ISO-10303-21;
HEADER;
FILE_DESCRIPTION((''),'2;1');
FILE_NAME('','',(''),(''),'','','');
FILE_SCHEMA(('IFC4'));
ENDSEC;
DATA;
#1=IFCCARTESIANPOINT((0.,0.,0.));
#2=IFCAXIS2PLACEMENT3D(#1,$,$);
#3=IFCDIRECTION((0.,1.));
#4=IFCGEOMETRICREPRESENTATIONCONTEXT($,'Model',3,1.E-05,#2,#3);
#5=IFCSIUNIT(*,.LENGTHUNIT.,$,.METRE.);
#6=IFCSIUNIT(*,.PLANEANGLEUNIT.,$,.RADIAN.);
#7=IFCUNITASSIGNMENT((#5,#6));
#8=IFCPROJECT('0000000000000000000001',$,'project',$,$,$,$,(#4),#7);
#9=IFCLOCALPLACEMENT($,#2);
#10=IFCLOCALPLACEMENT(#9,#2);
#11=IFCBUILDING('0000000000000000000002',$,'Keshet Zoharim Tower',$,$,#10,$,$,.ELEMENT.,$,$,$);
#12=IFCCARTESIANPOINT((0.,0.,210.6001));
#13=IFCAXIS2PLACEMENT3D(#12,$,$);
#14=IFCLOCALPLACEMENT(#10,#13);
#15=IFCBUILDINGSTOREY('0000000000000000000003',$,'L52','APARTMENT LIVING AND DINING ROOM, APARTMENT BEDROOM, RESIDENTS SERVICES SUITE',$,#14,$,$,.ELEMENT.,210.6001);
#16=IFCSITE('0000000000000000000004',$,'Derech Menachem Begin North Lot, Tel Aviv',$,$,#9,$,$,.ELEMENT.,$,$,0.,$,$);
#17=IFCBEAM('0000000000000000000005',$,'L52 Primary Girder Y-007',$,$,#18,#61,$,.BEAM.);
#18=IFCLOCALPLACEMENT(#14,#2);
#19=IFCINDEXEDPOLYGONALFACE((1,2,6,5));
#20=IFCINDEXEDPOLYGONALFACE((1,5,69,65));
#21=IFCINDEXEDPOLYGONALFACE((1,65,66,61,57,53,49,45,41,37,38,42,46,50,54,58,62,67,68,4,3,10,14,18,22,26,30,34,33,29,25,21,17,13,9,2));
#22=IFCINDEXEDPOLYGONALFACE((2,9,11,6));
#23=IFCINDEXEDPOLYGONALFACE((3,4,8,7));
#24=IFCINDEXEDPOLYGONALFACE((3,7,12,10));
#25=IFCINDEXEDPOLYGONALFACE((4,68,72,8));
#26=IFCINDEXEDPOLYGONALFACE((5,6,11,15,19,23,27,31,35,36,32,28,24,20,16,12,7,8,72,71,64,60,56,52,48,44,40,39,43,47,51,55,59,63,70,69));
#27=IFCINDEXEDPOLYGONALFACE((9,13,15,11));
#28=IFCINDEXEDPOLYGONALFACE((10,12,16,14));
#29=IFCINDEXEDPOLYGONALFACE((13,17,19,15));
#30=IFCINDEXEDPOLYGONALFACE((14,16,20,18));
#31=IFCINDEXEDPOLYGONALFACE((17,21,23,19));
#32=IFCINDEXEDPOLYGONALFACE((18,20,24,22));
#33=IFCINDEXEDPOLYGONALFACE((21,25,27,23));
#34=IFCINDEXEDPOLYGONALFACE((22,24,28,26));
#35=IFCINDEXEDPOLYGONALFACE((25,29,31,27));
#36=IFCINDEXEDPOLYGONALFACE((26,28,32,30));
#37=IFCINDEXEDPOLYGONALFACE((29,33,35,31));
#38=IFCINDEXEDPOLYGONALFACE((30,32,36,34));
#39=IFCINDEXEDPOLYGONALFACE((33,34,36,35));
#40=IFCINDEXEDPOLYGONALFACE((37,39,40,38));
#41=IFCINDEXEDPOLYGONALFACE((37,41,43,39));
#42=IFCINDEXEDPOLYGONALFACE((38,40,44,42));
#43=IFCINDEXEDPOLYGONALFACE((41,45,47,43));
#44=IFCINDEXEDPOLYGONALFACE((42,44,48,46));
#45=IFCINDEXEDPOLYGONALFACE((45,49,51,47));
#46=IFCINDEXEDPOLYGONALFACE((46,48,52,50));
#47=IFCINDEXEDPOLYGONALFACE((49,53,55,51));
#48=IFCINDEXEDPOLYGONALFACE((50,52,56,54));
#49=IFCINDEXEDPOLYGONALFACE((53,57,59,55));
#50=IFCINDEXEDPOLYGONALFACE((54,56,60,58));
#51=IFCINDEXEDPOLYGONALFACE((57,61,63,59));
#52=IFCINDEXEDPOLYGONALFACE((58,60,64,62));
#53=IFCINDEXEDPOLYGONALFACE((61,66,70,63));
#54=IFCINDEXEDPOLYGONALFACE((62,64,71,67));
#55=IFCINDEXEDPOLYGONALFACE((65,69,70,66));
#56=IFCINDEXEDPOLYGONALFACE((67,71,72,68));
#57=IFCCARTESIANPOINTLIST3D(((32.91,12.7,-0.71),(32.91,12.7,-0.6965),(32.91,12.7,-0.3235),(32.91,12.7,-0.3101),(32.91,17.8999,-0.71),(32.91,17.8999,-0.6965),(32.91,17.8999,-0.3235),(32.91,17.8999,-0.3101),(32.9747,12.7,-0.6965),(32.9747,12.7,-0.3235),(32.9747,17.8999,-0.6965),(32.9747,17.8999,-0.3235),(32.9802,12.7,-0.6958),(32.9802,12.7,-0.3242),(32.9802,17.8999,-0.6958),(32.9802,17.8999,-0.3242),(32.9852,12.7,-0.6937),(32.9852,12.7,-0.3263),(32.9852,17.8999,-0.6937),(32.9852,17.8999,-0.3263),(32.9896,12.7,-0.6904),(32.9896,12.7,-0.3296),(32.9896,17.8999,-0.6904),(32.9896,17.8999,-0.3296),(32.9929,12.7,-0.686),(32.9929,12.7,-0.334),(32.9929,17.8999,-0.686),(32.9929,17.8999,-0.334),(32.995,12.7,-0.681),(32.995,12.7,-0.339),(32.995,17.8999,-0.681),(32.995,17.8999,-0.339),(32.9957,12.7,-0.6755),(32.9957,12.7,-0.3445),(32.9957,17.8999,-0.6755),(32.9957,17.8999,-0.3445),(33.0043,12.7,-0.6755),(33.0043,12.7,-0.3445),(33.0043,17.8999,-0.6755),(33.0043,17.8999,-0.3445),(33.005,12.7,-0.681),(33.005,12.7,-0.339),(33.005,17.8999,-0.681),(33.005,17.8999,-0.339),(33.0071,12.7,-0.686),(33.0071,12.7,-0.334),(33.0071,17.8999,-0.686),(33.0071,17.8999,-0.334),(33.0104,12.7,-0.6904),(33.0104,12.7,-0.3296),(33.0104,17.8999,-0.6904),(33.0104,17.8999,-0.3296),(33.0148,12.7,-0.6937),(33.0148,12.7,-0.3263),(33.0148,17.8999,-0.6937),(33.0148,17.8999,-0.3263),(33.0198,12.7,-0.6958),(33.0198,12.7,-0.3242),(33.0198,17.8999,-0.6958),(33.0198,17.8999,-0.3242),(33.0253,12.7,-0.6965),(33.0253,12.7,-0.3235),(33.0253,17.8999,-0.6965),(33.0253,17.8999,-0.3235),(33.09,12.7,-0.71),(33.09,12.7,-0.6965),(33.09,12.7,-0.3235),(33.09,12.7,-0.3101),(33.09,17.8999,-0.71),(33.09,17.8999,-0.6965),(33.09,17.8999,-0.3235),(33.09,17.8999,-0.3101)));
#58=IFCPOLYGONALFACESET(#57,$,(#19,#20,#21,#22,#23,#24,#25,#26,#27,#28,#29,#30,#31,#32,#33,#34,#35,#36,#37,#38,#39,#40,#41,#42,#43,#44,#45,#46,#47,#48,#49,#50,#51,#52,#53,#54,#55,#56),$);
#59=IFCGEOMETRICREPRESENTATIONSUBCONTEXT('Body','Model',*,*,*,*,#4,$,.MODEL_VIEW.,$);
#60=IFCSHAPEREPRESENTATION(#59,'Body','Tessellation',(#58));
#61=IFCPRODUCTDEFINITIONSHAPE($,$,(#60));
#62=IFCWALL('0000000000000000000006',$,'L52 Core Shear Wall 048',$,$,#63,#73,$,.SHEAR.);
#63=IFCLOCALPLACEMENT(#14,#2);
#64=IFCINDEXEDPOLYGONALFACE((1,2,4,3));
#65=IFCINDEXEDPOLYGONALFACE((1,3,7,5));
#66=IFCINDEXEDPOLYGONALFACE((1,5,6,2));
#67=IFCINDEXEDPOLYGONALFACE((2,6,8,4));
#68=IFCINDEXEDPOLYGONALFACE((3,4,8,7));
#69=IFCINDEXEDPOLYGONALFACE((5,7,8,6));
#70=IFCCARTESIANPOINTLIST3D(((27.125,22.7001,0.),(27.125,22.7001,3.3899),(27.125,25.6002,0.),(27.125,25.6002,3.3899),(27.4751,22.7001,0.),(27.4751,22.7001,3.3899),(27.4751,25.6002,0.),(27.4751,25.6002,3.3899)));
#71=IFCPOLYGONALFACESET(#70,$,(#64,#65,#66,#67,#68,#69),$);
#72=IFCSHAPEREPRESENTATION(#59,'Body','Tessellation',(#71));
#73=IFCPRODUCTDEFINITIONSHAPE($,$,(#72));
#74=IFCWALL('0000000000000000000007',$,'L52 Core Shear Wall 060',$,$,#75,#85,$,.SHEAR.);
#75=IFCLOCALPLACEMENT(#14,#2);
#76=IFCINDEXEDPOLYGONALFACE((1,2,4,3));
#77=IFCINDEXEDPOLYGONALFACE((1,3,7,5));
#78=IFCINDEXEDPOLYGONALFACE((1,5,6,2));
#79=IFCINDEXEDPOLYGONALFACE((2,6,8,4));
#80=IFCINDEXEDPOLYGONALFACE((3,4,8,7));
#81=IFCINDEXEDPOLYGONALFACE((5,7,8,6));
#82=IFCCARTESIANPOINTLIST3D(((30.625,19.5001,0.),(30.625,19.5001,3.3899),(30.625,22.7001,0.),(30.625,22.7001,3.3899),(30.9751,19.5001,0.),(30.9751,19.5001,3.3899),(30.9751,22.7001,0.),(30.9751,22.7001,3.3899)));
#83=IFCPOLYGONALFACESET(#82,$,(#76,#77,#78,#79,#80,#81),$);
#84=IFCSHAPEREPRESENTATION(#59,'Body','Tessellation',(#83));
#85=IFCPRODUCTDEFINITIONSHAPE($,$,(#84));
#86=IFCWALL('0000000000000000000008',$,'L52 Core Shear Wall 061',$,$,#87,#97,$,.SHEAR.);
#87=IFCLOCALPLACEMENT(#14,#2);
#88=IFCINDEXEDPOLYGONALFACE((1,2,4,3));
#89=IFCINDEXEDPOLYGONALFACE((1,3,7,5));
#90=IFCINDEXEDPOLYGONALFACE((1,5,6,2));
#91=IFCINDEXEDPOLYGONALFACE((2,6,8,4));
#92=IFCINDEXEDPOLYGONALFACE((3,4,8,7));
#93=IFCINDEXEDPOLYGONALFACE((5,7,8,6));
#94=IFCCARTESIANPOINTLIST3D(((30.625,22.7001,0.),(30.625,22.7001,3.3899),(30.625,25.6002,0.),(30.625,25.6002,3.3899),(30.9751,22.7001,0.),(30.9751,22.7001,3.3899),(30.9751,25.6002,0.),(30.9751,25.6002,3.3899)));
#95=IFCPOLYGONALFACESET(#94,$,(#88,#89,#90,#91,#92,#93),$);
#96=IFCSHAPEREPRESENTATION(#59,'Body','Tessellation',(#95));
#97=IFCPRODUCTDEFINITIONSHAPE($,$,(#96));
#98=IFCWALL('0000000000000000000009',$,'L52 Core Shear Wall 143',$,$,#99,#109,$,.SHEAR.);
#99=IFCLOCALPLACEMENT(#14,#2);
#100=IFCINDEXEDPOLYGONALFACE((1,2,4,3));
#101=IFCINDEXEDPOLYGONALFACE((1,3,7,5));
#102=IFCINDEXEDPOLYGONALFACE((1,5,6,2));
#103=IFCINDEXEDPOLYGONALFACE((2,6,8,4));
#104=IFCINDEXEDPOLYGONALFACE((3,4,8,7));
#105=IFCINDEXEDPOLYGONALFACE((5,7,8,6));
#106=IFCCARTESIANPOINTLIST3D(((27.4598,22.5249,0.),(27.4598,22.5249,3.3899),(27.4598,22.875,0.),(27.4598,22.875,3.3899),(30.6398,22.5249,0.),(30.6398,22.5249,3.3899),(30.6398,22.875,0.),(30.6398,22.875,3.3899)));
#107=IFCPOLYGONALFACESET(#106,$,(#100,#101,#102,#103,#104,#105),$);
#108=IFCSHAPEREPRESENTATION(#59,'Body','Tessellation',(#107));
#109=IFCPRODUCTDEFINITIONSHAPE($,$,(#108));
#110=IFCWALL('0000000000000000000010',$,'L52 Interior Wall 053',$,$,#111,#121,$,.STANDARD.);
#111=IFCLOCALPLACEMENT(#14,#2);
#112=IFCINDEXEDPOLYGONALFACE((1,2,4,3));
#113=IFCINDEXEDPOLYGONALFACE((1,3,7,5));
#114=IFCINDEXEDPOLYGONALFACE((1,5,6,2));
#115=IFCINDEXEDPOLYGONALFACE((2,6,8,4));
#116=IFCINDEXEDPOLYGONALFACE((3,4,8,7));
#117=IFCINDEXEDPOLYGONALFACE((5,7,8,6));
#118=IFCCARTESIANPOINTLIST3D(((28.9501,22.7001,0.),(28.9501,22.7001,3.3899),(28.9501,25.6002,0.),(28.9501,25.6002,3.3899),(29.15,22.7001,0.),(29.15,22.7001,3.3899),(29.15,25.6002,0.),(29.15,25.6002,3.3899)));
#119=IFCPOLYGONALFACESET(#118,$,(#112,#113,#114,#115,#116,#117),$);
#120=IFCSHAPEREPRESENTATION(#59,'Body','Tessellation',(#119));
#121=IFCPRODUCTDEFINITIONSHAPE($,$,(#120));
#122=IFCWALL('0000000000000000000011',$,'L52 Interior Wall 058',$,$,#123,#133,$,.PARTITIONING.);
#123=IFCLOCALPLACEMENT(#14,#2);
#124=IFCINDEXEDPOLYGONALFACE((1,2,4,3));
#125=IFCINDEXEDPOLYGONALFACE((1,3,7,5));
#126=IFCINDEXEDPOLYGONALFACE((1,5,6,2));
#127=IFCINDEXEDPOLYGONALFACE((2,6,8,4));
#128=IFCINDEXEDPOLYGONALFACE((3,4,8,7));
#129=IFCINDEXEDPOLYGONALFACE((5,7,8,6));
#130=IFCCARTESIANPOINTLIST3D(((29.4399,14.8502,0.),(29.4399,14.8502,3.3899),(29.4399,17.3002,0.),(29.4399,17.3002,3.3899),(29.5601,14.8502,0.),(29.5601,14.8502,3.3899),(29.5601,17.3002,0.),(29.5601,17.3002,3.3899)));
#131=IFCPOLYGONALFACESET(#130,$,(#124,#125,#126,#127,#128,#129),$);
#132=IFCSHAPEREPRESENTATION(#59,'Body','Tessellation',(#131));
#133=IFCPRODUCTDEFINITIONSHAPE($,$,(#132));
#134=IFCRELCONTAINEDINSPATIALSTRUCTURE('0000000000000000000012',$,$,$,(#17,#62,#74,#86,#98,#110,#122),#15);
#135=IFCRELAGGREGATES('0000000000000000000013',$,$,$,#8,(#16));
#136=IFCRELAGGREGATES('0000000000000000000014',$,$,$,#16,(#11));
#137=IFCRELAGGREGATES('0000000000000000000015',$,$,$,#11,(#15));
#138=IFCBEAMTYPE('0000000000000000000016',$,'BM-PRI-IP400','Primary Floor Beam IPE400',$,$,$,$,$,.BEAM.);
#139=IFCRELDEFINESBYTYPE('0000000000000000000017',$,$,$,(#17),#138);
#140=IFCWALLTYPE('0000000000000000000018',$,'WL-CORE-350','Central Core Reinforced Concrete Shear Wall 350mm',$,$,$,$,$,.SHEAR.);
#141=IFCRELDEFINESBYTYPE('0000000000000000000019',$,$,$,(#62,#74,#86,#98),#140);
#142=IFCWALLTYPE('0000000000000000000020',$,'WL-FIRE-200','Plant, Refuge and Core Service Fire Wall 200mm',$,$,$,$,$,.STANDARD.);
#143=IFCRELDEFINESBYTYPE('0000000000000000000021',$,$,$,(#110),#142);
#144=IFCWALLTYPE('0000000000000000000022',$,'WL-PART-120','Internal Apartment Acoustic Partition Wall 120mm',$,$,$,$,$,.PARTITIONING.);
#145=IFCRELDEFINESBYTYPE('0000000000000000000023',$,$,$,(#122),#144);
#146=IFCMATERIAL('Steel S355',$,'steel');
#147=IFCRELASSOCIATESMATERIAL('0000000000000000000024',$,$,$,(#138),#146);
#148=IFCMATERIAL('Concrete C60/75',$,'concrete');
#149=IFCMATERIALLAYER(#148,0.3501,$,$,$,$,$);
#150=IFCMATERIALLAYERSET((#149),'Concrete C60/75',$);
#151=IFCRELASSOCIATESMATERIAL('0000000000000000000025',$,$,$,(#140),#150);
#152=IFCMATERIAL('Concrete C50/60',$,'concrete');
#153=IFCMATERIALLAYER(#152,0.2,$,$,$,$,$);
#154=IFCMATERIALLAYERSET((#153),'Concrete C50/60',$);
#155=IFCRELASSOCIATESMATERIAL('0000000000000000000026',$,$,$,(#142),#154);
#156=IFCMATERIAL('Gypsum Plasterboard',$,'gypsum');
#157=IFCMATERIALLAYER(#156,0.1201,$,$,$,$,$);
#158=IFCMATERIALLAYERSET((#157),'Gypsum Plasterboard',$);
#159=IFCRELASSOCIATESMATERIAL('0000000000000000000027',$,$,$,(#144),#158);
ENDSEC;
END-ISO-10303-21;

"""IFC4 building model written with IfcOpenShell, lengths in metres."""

from ifc_helpers import new_model, si_unit, direction, frame, frame_2d, origin, origin_2d, place, context, subcontext, project, spatial, rectangle, i_section, extrude, material, layer, layer_set, material_profile, profile_set, type_object, element, save


model = new_model("IFC4")

# Units and contexts
model_context = context("Model", 3, precision=1e-05, world=origin(), true_north=direction((0.0, 1.0)))
body_context = subcontext(model_context, "Body", "Model", "MODEL_VIEW")
ifc_project = project(units=[si_unit("LENGTHUNIT", "METRE"), si_unit("PLANEANGLEUNIT", "RADIAN")], contexts=[model_context])

# Site, building, storey
site_placement = place(None, origin())
site = spatial("IfcSite", under=ifc_project, at=site_placement, Name="Derech Menachem Begin North Lot, Tel Aviv", CompositionType="ELEMENT", RefElevation=0.0)
building_placement = place(site_placement, origin())
building = spatial("IfcBuilding", under=site, at=building_placement, Name="Keshet Zoharim Tower", CompositionType="ELEMENT")
storey_placement = place(building_placement, frame((0.0, 0.0, 210.6001)))
storey = spatial("IfcBuildingStorey", under=building, at=storey_placement, Name="L52", Description="APARTMENT LIVING AND DINING ROOM, APARTMENT BEDROOM, RESIDENTS SERVICES SUITE", CompositionType="ELEMENT", Elevation=210.6001)

# Shared definitions
ifc_material_1 = material(Name="Concrete C50/60", Category="concrete")

# Beam
ifc_material_2 = material(Name="Steel S355", Category="steel")
ifc_material_profile_1 = material_profile(ifc_material_2, i_section(OverallWidth=0.1799, OverallDepth=0.3999, WebThickness=0.0085, FlangeThickness=0.0134, FilletRadius=0.021, at=origin_2d()), Name="IPE400")
ifc_profile_set_1 = profile_set([ifc_material_profile_1], Name="Steel S355")
beam_type_1 = type_object("IfcBeamType", Name="BM-PRI-IP400", Description="Primary Floor Beam IPE400", PredefinedType="BEAM", material=ifc_profile_set_1)
beam_1_placement = place(storey_placement, frame((33.0, 12.7, -0.51), z_axis=(0.0, 1.0, 0.0), x_axis=(-1.0, 0.0, 0.0)))
element("IfcBeam", 1, at=beam_1_placement, inside=storey, type_object=beam_type_1, Name="L52 Primary Girder Y-007", PredefinedType="BEAM", context=body_context, shape_type="SweptSolid", body=[
    extrude(i_section(OverallWidth=0.1799, OverallDepth=0.3999, WebThickness=0.0085, FlangeThickness=0.0134, FilletRadius=0.021, at=origin_2d()), origin(), (0.0, 0.0, 1.0), 5.2),
])

# Walls
ifc_material_3 = material(Name="Concrete C60/75", Category="concrete")
ifc_layer_1 = layer(ifc_material_3, 0.3501)
ifc_layer_set_1 = layer_set([ifc_layer_1], Name="Concrete C60/75")
wall_type_1 = type_object("IfcWallType", Name="WL-CORE-350", Description="Central Core Reinforced Concrete Shear Wall 350mm", PredefinedType="SHEAR", material=ifc_layer_set_1)
wall_1_placement = place(storey_placement, frame((27.3, 22.7, 0.0), z_axis=(0.0, 0.0, 1.0), x_axis=(0.0, 1.0, 0.0)))
element("IfcWall", 2, at=wall_1_placement, inside=storey, type_object=wall_type_1, Name="L52 Core Shear Wall 048", PredefinedType="SHEAR", context=body_context, shape_type="SweptSolid", body=[
    extrude(rectangle(XDim=2.9001, YDim=0.3501, at=frame_2d((1.4502, 0.0))), origin(), (0.0, 0.0, 1.0), 3.3899),
])
wall_2_placement = place(storey_placement, frame((30.8, 19.5, 0.0), z_axis=(0.0, 0.0, 1.0), x_axis=(0.0, 1.0, 0.0)))
element("IfcWall", 3, at=wall_2_placement, inside=storey, type_object=wall_type_1, Name="L52 Core Shear Wall 060", PredefinedType="SHEAR", context=body_context, shape_type="SweptSolid", body=[
    extrude(rectangle(XDim=3.2, YDim=0.3501, at=frame_2d((1.6001, 0.0))), origin(), (0.0, 0.0, 1.0), 3.3899),
])
wall_3_placement = place(storey_placement, frame((30.8, 22.7, 0.0), z_axis=(0.0, 0.0, 1.0), x_axis=(0.0, 1.0, 0.0)))
element("IfcWall", 4, at=wall_3_placement, inside=storey, type_object=wall_type_1, Name="L52 Core Shear Wall 061", PredefinedType="SHEAR", context=body_context, shape_type="SweptSolid", body=[
    extrude(rectangle(XDim=2.9001, YDim=0.3501, at=frame_2d((1.4502, 0.0))), origin(), (0.0, 0.0, 1.0), 3.3899),
])
wall_4_placement = place(storey_placement, frame((27.46, 22.7, 0.0), z_axis=(0.0, 0.0, 1.0), x_axis=(1.0, 0.0, 0.0)))
element("IfcWall", 5, at=wall_4_placement, inside=storey, type_object=wall_type_1, Name="L52 Core Shear Wall 143", PredefinedType="SHEAR", context=body_context, shape_type="SweptSolid", body=[
    extrude(rectangle(XDim=3.1799, YDim=0.3501, at=frame_2d((1.5898, 0.0))), origin(), (0.0, 0.0, 1.0), 3.3899),
])

# Shared definitions
ifc_material_4 = material(Name="Gypsum Plasterboard", Category="gypsum")

# Walls
ifc_layer_2 = layer(ifc_material_1, 0.2)
ifc_layer_set_2 = layer_set([ifc_layer_2], Name="Concrete C50/60")
wall_type_2 = type_object("IfcWallType", Name="WL-FIRE-200", Description="Plant, Refuge and Core Service Fire Wall 200mm", PredefinedType="STANDARD", material=ifc_layer_set_2)
wall_5_placement = place(storey_placement, frame((29.05, 22.7, 0.0), z_axis=(0.0, 0.0, 1.0), x_axis=(0.0, 1.0, 0.0)))
element("IfcWall", 6, at=wall_5_placement, inside=storey, type_object=wall_type_2, Name="L52 Interior Wall 053", PredefinedType="STANDARD", context=body_context, shape_type="SweptSolid", body=[
    extrude(rectangle(XDim=2.9001, YDim=0.2, at=frame_2d((1.4502, 0.0))), origin(), (0.0, 0.0, 1.0), 3.3899),
])
ifc_layer_3 = layer(ifc_material_4, 0.1201)
ifc_layer_set_3 = layer_set([ifc_layer_3], Name="Gypsum Plasterboard")
wall_type_3 = type_object("IfcWallType", Name="WL-PART-120", Description="Internal Apartment Acoustic Partition Wall 120mm", PredefinedType="PARTITIONING", material=ifc_layer_set_3)
wall_6_placement = place(storey_placement, frame((29.5, 14.8501, 0.0), z_axis=(0.0, 0.0, 1.0), x_axis=(0.0, 1.0, 0.0)))
element("IfcWall", 7, at=wall_6_placement, inside=storey, type_object=wall_type_3, Name="L52 Interior Wall 058", PredefinedType="PARTITIONING", context=body_context, shape_type="SweptSolid", body=[
    extrude(rectangle(XDim=2.45, YDim=0.1201, at=frame_2d((1.2251, 0.0))), origin(), (0.0, 0.0, 1.0), 3.3899),
])

save(model, "model.ifc")
